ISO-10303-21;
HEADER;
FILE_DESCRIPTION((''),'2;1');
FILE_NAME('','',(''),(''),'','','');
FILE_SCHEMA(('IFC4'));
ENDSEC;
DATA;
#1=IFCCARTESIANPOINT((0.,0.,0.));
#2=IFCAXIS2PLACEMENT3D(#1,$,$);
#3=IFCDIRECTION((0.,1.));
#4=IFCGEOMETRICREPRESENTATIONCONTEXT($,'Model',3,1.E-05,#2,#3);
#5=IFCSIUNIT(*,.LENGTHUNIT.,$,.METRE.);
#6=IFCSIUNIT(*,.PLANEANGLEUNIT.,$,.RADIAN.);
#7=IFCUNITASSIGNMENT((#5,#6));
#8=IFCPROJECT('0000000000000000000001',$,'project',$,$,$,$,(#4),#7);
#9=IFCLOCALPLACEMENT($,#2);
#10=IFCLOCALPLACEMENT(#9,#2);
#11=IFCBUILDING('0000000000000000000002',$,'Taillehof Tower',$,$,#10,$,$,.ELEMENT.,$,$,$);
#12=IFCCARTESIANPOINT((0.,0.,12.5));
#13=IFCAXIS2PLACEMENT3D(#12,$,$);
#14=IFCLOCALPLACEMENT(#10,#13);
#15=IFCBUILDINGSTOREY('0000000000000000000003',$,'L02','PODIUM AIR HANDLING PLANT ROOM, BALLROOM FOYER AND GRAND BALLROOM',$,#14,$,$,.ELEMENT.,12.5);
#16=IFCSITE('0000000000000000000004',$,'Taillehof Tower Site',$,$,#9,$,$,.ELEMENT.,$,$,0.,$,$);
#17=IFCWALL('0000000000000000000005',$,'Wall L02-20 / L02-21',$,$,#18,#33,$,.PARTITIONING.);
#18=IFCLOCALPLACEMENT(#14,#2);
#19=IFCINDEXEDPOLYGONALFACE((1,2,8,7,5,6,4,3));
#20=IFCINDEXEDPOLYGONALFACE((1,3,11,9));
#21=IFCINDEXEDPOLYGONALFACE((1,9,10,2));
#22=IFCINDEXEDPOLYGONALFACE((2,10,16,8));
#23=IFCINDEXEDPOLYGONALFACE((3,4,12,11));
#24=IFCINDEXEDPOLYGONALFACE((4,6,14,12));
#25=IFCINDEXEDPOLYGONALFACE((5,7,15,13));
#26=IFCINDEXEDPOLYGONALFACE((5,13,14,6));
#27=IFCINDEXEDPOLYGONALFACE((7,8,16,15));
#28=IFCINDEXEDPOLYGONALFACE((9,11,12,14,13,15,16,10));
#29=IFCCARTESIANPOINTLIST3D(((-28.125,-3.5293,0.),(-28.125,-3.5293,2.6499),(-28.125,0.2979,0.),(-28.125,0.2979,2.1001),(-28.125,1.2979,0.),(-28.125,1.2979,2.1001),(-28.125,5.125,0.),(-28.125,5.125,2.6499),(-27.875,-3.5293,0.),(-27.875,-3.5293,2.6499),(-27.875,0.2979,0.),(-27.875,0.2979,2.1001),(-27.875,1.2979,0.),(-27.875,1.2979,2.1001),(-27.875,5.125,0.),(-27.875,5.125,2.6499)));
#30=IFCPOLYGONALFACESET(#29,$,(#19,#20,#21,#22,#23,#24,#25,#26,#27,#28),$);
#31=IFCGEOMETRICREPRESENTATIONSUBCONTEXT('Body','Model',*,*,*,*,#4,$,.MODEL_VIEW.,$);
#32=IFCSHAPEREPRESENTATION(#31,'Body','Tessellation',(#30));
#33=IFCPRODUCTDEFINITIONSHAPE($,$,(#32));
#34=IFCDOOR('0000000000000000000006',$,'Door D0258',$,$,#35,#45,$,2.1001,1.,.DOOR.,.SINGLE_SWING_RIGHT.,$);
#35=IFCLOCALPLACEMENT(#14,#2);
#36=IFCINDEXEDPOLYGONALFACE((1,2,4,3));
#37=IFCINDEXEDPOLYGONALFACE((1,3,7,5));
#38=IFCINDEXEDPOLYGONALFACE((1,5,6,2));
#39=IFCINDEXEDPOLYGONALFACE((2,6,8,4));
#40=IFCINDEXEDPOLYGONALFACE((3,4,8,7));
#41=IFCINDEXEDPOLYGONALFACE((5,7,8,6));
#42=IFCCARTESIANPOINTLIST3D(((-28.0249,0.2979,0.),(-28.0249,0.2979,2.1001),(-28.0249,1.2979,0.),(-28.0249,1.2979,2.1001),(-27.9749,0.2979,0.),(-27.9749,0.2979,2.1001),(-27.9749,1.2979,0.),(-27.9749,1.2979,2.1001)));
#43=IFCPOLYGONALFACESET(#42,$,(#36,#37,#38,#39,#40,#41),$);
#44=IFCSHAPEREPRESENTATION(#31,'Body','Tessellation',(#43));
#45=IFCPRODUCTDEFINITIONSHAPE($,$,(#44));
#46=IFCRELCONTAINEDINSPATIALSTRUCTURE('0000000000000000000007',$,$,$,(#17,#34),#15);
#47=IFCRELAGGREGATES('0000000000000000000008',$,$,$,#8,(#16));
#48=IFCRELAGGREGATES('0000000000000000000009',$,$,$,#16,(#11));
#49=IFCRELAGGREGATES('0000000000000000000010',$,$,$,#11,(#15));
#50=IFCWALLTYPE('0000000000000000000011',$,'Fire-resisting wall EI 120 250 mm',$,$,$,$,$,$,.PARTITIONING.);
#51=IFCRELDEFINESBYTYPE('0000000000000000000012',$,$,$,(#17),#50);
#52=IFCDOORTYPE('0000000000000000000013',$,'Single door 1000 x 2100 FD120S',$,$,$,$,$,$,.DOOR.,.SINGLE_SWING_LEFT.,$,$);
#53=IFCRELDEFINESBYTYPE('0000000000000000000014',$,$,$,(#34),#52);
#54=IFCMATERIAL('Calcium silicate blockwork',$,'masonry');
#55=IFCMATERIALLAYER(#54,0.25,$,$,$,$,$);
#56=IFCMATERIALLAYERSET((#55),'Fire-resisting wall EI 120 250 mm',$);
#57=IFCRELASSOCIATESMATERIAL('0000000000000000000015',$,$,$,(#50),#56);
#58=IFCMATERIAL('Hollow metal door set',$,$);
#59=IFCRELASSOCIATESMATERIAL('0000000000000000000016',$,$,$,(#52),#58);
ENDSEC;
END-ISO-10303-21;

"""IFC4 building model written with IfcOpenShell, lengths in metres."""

from ifc_helpers import new_model, si_unit, direction, frame, frame_2d, origin, place, context, subcontext, project, spatial, rectangle, extrude, material, layer, layer_set, type_object, element, fill, save


model = new_model("IFC4")

# Units and contexts
model_context = context("Model", 3, precision=1e-05, world=origin(), true_north=direction((0.0, 1.0)))
body_context = subcontext(model_context, "Body", "Model", "MODEL_VIEW")
ifc_project = project(units=[si_unit("LENGTHUNIT", "METRE"), si_unit("PLANEANGLEUNIT", "RADIAN")], contexts=[model_context])

# Site, building, storey
site_placement = place(None, origin())
site = spatial("IfcSite", under=ifc_project, at=site_placement, Name="Taillehof Tower Site", CompositionType="ELEMENT", RefElevation=0.0)
building_placement = place(site_placement, origin())
building = spatial("IfcBuilding", under=site, at=building_placement, Name="Taillehof Tower", CompositionType="ELEMENT")
storey_placement = place(building_placement, frame((0.0, 0.0, 12.5)))
storey = spatial("IfcBuildingStorey", under=building, at=storey_placement, Name="L02", Description="PODIUM AIR HANDLING PLANT ROOM, BALLROOM FOYER AND GRAND BALLROOM", CompositionType="ELEMENT", Elevation=12.5)

# Wall, opening, door
ifc_material_1 = material(Name="Calcium silicate blockwork", Category="masonry")
ifc_layer_1 = layer(ifc_material_1, 0.25)
ifc_layer_set_1 = layer_set([ifc_layer_1], Name="Fire-resisting wall EI 120 250 mm")
wall_type = type_object("IfcWallType", Name="Fire-resisting wall EI 120 250 mm", PredefinedType="PARTITIONING", material=ifc_layer_set_1)
wall_placement = place(storey_placement, frame((-28.0, -3.5293, 0.0), z_axis=(0.0, 0.0, 1.0), x_axis=(0.0, 1.0, 0.0)))
wall = element("IfcWall", 1, at=wall_placement, inside=storey, type_object=wall_type, Name="Wall L02-20 / L02-21", PredefinedType="PARTITIONING", context=body_context, shape_type="SweptSolid", body=[
    extrude(rectangle(XDim=8.6543, YDim=0.25, at=frame_2d((4.3271, 0.0))), origin(), (0.0, 0.0, 1.0), 2.6499),
])
opening_placement = place(wall_placement, frame((3.8271, 0.0, 0.0)))
opening = element("IfcOpeningElement", 2, at=opening_placement, cuts=wall, PredefinedType="OPENING", context=body_context, shape_type="SweptSolid", body=[
    extrude(rectangle(XDim=1.0, YDim=2.1001, at=frame_2d((0.5, 1.05))), frame((0.0, 0.135, 0.0), z_axis=(0.0, -1.0, 0.0), x_axis=(1.0, 0.0, 0.0)), (0.0, 0.0, 1.0), 0.27),
])
ifc_material_2 = material(Name="Hollow metal door set")
door_type = type_object("IfcDoorType", Name="Single door 1000 x 2100 FD120S", OperationType="SINGLE_SWING_LEFT", PredefinedType="DOOR", material=ifc_material_2)
door_placement = place(opening_placement, origin())
door = element("IfcDoor", 3, at=door_placement, inside=storey, type_object=door_type, Name="Door D0258", OperationType="SINGLE_SWING_RIGHT", OverallHeight=2.1001, OverallWidth=1.0, PredefinedType="DOOR", context=body_context, shape_type="SweptSolid", body=[
    extrude(rectangle(XDim=1.0, YDim=2.1001, at=frame_2d((0.5, 1.05))), frame((0.0, 0.0249, 0.0), z_axis=(0.0, -1.0, 0.0), x_axis=(1.0, 0.0, 0.0)), (0.0, 0.0, 1.0), 0.05),
])
fill(opening, door)

save(model, "model.ifc")
